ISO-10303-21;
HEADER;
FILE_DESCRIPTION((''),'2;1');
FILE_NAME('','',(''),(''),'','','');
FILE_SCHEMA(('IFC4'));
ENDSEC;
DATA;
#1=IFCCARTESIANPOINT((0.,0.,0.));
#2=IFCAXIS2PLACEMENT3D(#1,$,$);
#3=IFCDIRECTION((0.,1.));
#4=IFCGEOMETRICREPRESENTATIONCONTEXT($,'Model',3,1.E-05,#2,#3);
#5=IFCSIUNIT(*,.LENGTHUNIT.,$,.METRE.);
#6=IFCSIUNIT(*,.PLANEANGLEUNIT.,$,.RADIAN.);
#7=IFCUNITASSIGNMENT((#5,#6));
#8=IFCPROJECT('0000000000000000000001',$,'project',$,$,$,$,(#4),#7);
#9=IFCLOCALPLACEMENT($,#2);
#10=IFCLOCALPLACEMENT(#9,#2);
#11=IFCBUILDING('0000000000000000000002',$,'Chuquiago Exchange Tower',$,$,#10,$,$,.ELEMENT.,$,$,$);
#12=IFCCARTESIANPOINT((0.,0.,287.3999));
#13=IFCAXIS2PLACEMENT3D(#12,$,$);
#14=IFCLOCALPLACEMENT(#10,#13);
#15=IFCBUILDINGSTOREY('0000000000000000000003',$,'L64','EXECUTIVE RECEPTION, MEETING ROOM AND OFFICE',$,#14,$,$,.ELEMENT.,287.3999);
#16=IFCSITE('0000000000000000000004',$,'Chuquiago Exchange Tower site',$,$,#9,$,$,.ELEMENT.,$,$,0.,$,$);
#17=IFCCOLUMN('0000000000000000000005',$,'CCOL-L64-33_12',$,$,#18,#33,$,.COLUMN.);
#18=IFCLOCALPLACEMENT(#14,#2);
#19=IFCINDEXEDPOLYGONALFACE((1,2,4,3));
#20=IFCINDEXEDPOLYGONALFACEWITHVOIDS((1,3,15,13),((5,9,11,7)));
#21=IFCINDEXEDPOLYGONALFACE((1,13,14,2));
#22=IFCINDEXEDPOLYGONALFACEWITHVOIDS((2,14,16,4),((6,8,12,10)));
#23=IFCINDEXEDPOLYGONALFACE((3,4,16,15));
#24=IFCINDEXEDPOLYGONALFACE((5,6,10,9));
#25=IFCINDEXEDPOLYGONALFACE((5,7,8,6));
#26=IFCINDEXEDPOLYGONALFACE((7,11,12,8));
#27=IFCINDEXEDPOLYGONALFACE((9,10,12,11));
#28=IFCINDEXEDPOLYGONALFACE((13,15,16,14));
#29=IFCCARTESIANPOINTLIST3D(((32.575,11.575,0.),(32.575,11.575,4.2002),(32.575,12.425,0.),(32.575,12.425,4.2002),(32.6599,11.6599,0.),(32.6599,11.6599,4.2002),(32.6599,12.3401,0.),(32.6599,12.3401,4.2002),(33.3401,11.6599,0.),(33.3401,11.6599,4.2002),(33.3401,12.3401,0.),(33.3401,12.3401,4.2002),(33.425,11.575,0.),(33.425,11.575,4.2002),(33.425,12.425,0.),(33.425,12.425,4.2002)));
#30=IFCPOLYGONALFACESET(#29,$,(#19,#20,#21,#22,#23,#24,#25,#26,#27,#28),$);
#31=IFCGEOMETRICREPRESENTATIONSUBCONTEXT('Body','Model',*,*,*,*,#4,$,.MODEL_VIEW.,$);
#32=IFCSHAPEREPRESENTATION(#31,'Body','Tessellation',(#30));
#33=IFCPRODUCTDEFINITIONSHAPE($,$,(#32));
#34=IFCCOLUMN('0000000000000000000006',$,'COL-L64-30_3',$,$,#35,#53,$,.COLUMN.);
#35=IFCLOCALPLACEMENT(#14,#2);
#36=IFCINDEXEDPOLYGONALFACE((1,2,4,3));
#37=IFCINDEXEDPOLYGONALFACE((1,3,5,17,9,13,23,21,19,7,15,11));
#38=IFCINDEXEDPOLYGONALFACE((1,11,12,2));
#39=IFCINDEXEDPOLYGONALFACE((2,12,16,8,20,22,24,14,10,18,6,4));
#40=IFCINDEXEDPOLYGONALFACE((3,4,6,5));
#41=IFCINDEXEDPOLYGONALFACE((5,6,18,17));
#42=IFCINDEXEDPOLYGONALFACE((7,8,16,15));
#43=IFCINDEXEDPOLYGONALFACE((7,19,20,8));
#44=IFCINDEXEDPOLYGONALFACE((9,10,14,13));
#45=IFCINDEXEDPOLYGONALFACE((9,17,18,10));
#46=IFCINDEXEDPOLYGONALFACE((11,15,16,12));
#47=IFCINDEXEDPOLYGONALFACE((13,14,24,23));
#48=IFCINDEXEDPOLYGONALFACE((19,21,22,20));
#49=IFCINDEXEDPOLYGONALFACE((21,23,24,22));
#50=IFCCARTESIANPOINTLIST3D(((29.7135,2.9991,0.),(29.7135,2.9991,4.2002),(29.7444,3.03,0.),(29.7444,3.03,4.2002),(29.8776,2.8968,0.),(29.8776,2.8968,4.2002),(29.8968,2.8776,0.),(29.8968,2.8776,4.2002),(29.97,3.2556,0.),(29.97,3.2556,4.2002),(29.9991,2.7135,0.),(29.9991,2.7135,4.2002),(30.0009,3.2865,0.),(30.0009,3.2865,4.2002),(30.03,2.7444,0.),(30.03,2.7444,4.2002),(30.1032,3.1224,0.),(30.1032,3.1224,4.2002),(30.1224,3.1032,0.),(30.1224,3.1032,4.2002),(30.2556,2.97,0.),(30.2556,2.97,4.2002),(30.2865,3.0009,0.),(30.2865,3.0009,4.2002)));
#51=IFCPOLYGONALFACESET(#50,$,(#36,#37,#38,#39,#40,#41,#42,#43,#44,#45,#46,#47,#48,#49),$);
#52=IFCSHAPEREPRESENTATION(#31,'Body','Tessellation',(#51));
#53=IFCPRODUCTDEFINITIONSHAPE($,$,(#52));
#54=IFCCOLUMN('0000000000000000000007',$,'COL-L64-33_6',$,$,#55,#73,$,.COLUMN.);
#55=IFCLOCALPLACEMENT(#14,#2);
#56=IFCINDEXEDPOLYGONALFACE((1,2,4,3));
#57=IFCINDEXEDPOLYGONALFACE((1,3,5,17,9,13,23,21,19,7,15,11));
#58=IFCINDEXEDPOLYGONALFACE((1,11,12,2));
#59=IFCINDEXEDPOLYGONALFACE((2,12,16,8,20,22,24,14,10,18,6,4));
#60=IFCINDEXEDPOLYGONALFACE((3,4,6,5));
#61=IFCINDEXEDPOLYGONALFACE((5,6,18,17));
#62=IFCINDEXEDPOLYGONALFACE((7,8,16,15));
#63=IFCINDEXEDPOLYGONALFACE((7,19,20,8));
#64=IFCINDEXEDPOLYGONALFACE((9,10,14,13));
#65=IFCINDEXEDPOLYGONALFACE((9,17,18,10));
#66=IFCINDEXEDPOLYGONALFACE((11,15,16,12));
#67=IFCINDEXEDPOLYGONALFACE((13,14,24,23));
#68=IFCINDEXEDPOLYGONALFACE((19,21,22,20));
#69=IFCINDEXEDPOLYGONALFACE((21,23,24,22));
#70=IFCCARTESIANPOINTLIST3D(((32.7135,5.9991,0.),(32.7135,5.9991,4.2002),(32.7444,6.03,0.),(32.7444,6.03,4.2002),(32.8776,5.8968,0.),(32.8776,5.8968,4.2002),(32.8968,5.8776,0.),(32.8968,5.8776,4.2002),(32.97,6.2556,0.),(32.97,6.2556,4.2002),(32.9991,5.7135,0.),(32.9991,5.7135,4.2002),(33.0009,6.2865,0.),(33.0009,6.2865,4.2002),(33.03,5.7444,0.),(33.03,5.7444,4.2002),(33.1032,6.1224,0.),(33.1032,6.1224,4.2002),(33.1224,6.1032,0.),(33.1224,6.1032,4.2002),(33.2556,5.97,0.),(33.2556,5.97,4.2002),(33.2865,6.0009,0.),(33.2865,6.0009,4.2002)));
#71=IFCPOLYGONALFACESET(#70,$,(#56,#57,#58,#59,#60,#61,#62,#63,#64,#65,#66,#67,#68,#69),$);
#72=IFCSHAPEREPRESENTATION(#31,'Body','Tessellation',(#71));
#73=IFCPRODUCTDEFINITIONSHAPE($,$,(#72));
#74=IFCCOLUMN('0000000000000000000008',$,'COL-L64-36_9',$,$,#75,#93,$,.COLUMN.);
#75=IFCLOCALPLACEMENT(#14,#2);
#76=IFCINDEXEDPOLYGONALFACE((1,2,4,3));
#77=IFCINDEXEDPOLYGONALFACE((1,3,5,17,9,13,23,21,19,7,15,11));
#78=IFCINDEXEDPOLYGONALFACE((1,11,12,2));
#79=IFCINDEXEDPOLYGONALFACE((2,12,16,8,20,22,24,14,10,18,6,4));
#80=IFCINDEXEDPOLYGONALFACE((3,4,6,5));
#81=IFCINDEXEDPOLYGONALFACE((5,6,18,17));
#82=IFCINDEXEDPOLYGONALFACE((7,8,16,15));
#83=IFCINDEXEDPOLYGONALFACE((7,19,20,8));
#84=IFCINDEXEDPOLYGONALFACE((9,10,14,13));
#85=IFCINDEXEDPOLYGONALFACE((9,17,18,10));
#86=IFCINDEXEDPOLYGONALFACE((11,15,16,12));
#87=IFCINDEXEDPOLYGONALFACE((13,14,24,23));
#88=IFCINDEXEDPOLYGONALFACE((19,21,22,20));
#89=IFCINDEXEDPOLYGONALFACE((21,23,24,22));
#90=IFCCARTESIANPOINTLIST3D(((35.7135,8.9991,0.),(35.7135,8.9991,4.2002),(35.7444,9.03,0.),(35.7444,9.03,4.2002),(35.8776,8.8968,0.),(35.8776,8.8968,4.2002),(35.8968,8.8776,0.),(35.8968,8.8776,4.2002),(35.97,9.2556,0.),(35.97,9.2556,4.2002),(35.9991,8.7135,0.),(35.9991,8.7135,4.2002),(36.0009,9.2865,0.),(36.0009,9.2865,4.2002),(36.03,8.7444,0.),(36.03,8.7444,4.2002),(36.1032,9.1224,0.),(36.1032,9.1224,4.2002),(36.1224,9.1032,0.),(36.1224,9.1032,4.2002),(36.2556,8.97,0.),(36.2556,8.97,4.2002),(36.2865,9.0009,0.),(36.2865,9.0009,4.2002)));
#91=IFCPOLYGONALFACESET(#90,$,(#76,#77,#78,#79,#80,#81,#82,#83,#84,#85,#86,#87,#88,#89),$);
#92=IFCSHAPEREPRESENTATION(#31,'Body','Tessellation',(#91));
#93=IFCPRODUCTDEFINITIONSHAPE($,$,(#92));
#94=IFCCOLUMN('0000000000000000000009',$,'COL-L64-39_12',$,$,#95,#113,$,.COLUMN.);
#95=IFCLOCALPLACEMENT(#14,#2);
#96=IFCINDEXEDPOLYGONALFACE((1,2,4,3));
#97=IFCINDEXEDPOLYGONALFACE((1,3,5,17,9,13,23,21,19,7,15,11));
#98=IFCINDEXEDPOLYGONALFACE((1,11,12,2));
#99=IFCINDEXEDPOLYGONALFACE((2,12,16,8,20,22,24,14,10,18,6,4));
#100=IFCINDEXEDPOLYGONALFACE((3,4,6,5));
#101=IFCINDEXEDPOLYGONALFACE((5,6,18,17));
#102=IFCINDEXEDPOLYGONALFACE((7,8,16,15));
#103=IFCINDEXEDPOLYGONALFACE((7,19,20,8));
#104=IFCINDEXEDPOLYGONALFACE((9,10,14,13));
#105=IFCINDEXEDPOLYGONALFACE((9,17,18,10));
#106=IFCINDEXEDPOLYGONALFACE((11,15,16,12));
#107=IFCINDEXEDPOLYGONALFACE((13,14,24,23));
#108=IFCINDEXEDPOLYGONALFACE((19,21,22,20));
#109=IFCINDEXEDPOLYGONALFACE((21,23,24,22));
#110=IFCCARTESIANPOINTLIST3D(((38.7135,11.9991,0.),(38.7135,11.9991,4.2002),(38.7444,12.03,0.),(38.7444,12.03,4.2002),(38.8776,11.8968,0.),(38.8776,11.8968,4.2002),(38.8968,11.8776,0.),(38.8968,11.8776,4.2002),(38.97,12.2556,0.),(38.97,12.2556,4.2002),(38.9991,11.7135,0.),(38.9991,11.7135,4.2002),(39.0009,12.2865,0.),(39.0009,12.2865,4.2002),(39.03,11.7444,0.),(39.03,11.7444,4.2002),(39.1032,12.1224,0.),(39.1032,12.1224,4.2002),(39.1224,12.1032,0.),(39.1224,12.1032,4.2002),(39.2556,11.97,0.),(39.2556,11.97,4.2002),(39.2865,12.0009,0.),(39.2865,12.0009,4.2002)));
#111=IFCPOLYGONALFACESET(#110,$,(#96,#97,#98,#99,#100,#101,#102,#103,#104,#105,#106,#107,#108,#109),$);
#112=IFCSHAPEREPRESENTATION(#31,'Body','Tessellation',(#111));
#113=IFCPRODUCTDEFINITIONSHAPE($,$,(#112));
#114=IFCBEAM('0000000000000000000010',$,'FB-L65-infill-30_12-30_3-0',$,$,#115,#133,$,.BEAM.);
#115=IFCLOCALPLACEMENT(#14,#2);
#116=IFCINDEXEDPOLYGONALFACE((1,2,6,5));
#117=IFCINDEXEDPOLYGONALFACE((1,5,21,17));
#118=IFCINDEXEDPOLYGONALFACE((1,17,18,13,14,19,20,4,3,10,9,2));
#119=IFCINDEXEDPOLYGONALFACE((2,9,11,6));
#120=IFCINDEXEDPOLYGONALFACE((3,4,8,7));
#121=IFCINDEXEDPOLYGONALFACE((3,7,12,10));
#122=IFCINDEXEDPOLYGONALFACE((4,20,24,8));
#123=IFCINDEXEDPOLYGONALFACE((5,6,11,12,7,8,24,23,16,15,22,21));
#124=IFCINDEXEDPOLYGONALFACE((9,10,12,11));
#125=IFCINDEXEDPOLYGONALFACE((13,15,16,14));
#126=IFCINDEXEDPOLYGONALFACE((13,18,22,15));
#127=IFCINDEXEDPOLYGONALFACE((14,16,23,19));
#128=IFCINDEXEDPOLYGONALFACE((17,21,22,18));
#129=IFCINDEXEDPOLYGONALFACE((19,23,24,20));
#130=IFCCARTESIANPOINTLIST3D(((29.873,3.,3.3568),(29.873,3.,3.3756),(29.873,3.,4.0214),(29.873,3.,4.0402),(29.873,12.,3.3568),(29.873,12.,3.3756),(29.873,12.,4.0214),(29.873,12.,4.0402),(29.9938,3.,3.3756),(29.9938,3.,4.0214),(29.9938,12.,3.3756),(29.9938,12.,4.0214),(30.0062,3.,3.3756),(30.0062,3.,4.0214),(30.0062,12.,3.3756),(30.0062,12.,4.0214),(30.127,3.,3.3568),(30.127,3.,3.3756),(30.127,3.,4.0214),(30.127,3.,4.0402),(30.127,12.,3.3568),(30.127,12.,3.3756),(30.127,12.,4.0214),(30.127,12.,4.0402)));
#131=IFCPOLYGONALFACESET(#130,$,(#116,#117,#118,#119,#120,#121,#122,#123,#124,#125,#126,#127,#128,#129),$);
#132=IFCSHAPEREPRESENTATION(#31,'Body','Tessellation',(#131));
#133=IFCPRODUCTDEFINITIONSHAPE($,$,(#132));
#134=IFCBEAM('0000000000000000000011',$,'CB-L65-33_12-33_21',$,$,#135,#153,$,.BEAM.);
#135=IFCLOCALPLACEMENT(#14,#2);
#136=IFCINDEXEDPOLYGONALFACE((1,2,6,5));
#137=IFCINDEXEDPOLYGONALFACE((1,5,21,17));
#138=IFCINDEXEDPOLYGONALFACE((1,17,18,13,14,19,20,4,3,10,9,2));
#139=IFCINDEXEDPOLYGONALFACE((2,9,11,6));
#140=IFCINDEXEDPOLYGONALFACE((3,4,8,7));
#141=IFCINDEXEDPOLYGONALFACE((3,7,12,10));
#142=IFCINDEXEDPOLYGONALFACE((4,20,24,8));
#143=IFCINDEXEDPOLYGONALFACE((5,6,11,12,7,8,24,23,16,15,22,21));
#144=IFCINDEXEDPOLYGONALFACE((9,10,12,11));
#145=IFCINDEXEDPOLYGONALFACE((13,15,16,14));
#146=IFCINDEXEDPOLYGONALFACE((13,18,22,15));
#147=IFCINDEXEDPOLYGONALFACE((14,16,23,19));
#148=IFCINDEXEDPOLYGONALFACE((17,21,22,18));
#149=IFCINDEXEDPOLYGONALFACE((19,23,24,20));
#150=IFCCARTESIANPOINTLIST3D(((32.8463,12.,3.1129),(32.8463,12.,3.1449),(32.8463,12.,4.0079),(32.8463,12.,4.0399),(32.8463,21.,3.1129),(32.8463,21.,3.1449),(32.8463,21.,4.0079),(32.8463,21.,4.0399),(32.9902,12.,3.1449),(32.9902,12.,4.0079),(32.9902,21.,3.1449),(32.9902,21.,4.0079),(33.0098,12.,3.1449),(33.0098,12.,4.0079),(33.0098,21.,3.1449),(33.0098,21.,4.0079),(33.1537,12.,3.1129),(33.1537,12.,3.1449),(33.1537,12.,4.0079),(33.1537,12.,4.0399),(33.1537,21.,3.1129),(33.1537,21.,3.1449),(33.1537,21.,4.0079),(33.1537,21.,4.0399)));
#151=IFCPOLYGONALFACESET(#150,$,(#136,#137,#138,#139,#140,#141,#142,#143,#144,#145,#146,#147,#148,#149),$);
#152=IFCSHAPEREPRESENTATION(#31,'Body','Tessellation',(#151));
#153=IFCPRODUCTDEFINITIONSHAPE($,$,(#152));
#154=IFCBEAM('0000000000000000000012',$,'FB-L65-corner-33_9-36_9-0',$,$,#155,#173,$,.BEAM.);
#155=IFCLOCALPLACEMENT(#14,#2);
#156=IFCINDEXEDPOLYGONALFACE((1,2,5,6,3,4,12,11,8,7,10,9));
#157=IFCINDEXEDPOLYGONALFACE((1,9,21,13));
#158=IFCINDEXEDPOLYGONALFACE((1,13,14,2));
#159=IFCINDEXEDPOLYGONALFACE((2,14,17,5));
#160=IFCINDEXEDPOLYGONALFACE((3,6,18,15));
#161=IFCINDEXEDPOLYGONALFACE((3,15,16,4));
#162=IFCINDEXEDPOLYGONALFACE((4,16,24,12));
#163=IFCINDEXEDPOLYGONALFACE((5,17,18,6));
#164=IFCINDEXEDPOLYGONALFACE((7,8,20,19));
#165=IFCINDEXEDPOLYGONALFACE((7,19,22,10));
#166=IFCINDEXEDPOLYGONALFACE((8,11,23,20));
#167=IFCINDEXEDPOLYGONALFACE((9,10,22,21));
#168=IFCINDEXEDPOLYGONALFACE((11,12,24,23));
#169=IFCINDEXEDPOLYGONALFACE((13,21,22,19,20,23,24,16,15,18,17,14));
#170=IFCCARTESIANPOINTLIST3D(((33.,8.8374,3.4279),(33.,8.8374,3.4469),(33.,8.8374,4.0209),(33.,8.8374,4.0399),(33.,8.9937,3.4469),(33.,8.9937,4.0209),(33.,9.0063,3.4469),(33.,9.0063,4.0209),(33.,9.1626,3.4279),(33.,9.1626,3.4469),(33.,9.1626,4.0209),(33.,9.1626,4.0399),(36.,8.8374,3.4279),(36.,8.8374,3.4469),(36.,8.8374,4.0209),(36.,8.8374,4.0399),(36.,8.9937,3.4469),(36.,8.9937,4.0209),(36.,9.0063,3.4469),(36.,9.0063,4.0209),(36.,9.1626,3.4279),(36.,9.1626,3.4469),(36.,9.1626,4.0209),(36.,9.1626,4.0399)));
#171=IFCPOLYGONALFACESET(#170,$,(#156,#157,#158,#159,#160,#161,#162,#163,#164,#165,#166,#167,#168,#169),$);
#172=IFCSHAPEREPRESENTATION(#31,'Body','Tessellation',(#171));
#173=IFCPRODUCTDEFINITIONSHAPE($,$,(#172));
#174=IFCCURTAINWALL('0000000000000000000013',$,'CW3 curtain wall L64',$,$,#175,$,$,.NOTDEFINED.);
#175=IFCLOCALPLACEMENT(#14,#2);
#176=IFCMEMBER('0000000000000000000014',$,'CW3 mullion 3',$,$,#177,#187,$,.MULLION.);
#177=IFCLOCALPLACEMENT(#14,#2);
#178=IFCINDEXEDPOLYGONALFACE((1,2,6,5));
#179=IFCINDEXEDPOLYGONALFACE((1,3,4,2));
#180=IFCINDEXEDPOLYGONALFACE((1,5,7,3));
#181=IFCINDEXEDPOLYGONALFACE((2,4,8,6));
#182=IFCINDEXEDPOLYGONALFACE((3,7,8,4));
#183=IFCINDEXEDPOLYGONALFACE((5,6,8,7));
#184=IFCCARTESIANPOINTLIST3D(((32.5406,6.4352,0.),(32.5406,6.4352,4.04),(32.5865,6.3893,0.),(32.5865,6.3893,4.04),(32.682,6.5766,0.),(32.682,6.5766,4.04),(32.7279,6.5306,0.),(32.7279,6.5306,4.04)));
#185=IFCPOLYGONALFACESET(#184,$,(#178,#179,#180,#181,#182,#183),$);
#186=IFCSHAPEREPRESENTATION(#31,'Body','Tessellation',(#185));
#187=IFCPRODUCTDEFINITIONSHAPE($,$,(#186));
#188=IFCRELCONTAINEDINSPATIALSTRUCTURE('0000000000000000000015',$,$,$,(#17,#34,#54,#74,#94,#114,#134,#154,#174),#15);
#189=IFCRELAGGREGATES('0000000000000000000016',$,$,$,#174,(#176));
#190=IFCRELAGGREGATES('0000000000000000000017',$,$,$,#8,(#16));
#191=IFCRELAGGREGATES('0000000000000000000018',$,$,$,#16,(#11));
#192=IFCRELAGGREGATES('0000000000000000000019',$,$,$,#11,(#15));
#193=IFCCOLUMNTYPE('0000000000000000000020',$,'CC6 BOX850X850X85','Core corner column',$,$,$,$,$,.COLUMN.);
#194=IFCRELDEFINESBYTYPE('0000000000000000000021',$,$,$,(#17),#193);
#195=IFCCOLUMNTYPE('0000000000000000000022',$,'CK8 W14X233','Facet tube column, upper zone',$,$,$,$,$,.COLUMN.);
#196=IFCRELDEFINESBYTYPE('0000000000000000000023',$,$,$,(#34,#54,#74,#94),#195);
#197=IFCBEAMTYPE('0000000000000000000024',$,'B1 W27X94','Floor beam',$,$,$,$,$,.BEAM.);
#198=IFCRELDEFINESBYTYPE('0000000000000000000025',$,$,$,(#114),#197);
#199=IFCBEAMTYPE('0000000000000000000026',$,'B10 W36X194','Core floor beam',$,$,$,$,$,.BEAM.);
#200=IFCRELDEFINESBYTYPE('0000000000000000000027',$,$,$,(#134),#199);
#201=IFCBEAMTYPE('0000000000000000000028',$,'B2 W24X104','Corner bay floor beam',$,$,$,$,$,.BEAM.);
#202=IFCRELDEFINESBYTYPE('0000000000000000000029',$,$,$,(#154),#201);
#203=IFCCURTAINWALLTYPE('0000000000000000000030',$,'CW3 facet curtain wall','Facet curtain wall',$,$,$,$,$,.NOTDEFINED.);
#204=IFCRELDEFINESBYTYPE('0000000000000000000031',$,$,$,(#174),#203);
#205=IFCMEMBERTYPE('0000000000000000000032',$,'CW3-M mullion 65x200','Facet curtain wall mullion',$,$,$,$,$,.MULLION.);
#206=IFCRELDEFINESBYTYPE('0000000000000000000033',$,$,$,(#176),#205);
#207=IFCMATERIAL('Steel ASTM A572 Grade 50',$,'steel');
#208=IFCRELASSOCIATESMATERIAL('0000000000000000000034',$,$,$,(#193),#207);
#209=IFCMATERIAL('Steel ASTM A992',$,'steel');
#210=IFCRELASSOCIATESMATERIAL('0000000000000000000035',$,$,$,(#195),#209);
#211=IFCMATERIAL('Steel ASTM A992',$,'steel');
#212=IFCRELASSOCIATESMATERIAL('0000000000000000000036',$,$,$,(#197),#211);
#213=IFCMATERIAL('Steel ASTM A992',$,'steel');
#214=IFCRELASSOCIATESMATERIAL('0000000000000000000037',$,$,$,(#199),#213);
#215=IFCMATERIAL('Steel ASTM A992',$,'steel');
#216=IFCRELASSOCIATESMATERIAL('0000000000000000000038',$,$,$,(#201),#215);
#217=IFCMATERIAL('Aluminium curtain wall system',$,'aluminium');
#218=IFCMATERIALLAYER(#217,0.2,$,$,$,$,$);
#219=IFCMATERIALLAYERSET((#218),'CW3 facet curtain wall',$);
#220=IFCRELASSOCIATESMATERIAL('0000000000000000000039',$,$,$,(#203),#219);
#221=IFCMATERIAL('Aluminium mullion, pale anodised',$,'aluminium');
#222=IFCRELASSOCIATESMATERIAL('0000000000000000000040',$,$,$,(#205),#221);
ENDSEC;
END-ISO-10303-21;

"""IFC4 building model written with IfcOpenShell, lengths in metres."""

from ifc_helpers import new_model, si_unit, direction, frame, origin, origin_2d, place, context, subcontext, project, spatial, rectangle, hollow_rectangle, i_section, extrude, material, layer, layer_set, material_profile, profile_set, type_object, element, aggregate, save


model = new_model("IFC4")

# Units and contexts
model_context = context("Model", 3, precision=1e-05, world=origin(), true_north=direction((0.0, 1.0)))
body_context = subcontext(model_context, "Body", "Model", "MODEL_VIEW")
ifc_project = project(units=[si_unit("LENGTHUNIT", "METRE"), si_unit("PLANEANGLEUNIT", "RADIAN")], contexts=[model_context])

# Site, building, storey
site_placement = place(None, origin())
site = spatial("IfcSite", under=ifc_project, at=site_placement, Name="Chuquiago Exchange Tower site", CompositionType="ELEMENT", RefElevation=0.0)
building_placement = place(site_placement, origin())
building = spatial("IfcBuilding", under=site, at=building_placement, Name="Chuquiago Exchange Tower", CompositionType="ELEMENT")
storey_placement = place(building_placement, frame((0.0, 0.0, 287.3999)))
storey = spatial("IfcBuildingStorey", under=building, at=storey_placement, Name="L64", Description="EXECUTIVE RECEPTION, MEETING ROOM AND OFFICE", CompositionType="ELEMENT", Elevation=287.3999)

# Columns
ifc_material_1 = material(Name="Steel ASTM A572 Grade 50", Category="steel")
ifc_material_profile_1 = material_profile(ifc_material_1, hollow_rectangle(XDim=0.8501, YDim=0.8501, WallThickness=0.085, at=origin_2d()), Name="BOX850X850X85")
ifc_profile_set_1 = profile_set([ifc_material_profile_1], Name="Steel ASTM A572 Grade 50")
column_type_1 = type_object("IfcColumnType", Name="CC6 BOX850X850X85", Description="Core corner column", PredefinedType="COLUMN", material=ifc_profile_set_1)
column_placement = place(storey_placement, frame((33.0, 12.0, 0.0), z_axis=(0.0, 0.0, 1.0), x_axis=(1.0, 0.0, 0.0)))
element("IfcColumn", 1, at=column_placement, inside=storey, type_object=column_type_1, Name="CCOL-L64-33_12", PredefinedType="COLUMN", context=body_context, shape_type="SweptSolid", body=[
    extrude(hollow_rectangle(XDim=0.8501, YDim=0.8501, WallThickness=0.085, at=origin_2d()), origin(), (0.0, 0.0, 1.0), 4.2002),
])
ifc_material_2 = material(Name="Steel ASTM A992", Category="steel")
ifc_material_profile_2 = material_profile(ifc_material_2, i_section(OverallWidth=0.4038, OverallDepth=0.4065, WebThickness=0.0271, FlangeThickness=0.0437, at=origin_2d()), Name="W14X233")
ifc_profile_set_2 = profile_set([ifc_material_profile_2], Name="Steel ASTM A992")
column_type_2 = type_object("IfcColumnType", Name="CK8 W14X233", Description="Facet tube column, upper zone", PredefinedType="COLUMN", material=ifc_profile_set_2)
for number, where, z_axis, x_axis, name in (
    (2, (30.0, 3.0, 0.0), (0.0, 0.0, 1.0), (0.707107, -0.707107, 0.0), "COL-L64-30_3"),
    (3, (33.0, 6.0, 0.0), (0.0, 0.0, 1.0), (0.707107, -0.707107, 0.0), "COL-L64-33_6"),
    (4, (36.0, 9.0, 0.0), (0.0, 0.0, 1.0), (0.707107, -0.707107, 0.0), "COL-L64-36_9"),
    (5, (39.0, 12.0, 0.0), (0.0, 0.0, 1.0), (0.707107, -0.707107, 0.0), "COL-L64-39_12"),
):
    element("IfcColumn", number, at=place(storey_placement, frame(where, z_axis=z_axis, x_axis=x_axis)), inside=storey, type_object=column_type_2, Name=name, PredefinedType="COLUMN", context=body_context, shape_type="SweptSolid", body=[
        extrude(i_section(OverallWidth=0.4038, OverallDepth=0.4065, WebThickness=0.0271, FlangeThickness=0.0437, at=origin_2d()), origin(), (0.0, 0.0, 1.0), 4.2002),
    ])

# Beams
ifc_material_3 = material(Name="Steel ASTM A992", Category="steel")
ifc_material_profile_3 = material_profile(ifc_material_3, i_section(OverallWidth=0.2539, OverallDepth=0.6833, WebThickness=0.0125, FlangeThickness=0.0188, at=origin_2d()), Name="W27X94")
ifc_profile_set_3 = profile_set([ifc_material_profile_3], Name="Steel ASTM A992")
beam_type_1 = type_object("IfcBeamType", Name="B1 W27X94", Description="Floor beam", PredefinedType="BEAM", material=ifc_profile_set_3)
beam_1_placement = place(storey_placement, frame((30.0, 12.0, 3.6985), z_axis=(0.0, -1.0, 0.0), x_axis=(1.0, 0.0, 0.0)))
element("IfcBeam", 6, at=beam_1_placement, inside=storey, type_object=beam_type_1, Name="FB-L65-infill-30_12-30_3-0", PredefinedType="BEAM", context=body_context, shape_type="SweptSolid", body=[
    extrude(i_section(OverallWidth=0.2539, OverallDepth=0.6833, WebThickness=0.0125, FlangeThickness=0.0188, at=origin_2d()), origin(), (0.0, 0.0, 1.0), 9.0),
])
ifc_material_4 = material(Name="Steel ASTM A992", Category="steel")
ifc_material_profile_4 = material_profile(ifc_material_4, i_section(OverallWidth=0.3074, OverallDepth=0.927, WebThickness=0.0195, FlangeThickness=0.032, at=origin_2d()), Name="W36X194")
ifc_profile_set_4 = profile_set([ifc_material_profile_4], Name="Steel ASTM A992")
beam_type_2 = type_object("IfcBeamType", Name="B10 W36X194", Description="Core floor beam", PredefinedType="BEAM", material=ifc_profile_set_4)
beam_2_placement = place(storey_placement, frame((33.0, 12.0, 3.5764), z_axis=(0.0, 1.0, 0.0), x_axis=(-1.0, 0.0, 0.0)))
element("IfcBeam", 7, at=beam_2_placement, inside=storey, type_object=beam_type_2, Name="CB-L65-33_12-33_21", PredefinedType="BEAM", context=body_context, shape_type="SweptSolid", body=[
    extrude(i_section(OverallWidth=0.3074, OverallDepth=0.927, WebThickness=0.0195, FlangeThickness=0.032, at=origin_2d()), origin(), (0.0, 0.0, 1.0), 9.0),
])
ifc_material_5 = material(Name="Steel ASTM A992", Category="steel")
ifc_material_profile_5 = material_profile(ifc_material_5, i_section(OverallWidth=0.3252, OverallDepth=0.6121, WebThickness=0.0127, FlangeThickness=0.019, at=origin_2d()), Name="W24X104")
ifc_profile_set_5 = profile_set([ifc_material_profile_5], Name="Steel ASTM A992")
beam_type_3 = type_object("IfcBeamType", Name="B2 W24X104", Description="Corner bay floor beam", PredefinedType="BEAM", material=ifc_profile_set_5)
beam_3_placement = place(storey_placement, frame((33.0, 9.0, 3.7339), z_axis=(1.0, 0.0, 0.0), x_axis=(0.0, 1.0, 0.0)))
element("IfcBeam", 8, at=beam_3_placement, inside=storey, type_object=beam_type_3, Name="FB-L65-corner-33_9-36_9-0", PredefinedType="BEAM", context=body_context, shape_type="SweptSolid", body=[
    extrude(i_section(OverallWidth=0.3252, OverallDepth=0.6121, WebThickness=0.0127, FlangeThickness=0.019, at=origin_2d()), origin(), (0.0, 0.0, 1.0), 3.0),
])

# Curtain wall, member
ifc_material_6 = material(Name="Aluminium curtain wall system", Category="aluminium")
ifc_layer_1 = layer(ifc_material_6, 0.2)
ifc_layer_set_1 = layer_set([ifc_layer_1], Name="CW3 facet curtain wall")
curtain_wall_type = type_object("IfcCurtainWallType", Name="CW3 facet curtain wall", Description="Facet curtain wall", PredefinedType="NOTDEFINED", material=ifc_layer_set_1)
curtain_wall_placement = place(storey_placement, origin())
curtain_wall = element("IfcCurtainWall", 9, at=curtain_wall_placement, inside=storey, type_object=curtain_wall_type, Name="CW3 curtain wall L64", PredefinedType="NOTDEFINED")
ifc_material_7 = material(Name="Aluminium mullion, pale anodised", Category="aluminium")
ifc_material_profile_6 = material_profile(ifc_material_7, rectangle(XDim=0.0649, YDim=0.2, at=origin_2d()), Name="AL 65x200")
ifc_profile_set_6 = profile_set([ifc_material_profile_6], Name="Aluminium mullion, pale anodised")
member_type_1 = type_object("IfcMemberType", Name="CW3-M mullion 65x200", Description="Facet curtain wall mullion", PredefinedType="MULLION", material=ifc_profile_set_6)
member_1_placement = place(storey_placement, frame((32.6343, 6.4829, 0.0), z_axis=(0.0, 0.0, 1.0), x_axis=(-0.707107, 0.707107, 0.0)))
member_1 = element("IfcMember", 10, at=member_1_placement, type_object=member_type_1, Name="CW3 mullion 3", PredefinedType="MULLION", context=body_context, shape_type="SweptSolid", body=[
    extrude(rectangle(XDim=0.0649, YDim=0.2, at=origin_2d()), origin(), (0.0, 0.0, 1.0), 4.04),
])

aggregate(curtain_wall, [member_1])

save(model, "model.ifc")
